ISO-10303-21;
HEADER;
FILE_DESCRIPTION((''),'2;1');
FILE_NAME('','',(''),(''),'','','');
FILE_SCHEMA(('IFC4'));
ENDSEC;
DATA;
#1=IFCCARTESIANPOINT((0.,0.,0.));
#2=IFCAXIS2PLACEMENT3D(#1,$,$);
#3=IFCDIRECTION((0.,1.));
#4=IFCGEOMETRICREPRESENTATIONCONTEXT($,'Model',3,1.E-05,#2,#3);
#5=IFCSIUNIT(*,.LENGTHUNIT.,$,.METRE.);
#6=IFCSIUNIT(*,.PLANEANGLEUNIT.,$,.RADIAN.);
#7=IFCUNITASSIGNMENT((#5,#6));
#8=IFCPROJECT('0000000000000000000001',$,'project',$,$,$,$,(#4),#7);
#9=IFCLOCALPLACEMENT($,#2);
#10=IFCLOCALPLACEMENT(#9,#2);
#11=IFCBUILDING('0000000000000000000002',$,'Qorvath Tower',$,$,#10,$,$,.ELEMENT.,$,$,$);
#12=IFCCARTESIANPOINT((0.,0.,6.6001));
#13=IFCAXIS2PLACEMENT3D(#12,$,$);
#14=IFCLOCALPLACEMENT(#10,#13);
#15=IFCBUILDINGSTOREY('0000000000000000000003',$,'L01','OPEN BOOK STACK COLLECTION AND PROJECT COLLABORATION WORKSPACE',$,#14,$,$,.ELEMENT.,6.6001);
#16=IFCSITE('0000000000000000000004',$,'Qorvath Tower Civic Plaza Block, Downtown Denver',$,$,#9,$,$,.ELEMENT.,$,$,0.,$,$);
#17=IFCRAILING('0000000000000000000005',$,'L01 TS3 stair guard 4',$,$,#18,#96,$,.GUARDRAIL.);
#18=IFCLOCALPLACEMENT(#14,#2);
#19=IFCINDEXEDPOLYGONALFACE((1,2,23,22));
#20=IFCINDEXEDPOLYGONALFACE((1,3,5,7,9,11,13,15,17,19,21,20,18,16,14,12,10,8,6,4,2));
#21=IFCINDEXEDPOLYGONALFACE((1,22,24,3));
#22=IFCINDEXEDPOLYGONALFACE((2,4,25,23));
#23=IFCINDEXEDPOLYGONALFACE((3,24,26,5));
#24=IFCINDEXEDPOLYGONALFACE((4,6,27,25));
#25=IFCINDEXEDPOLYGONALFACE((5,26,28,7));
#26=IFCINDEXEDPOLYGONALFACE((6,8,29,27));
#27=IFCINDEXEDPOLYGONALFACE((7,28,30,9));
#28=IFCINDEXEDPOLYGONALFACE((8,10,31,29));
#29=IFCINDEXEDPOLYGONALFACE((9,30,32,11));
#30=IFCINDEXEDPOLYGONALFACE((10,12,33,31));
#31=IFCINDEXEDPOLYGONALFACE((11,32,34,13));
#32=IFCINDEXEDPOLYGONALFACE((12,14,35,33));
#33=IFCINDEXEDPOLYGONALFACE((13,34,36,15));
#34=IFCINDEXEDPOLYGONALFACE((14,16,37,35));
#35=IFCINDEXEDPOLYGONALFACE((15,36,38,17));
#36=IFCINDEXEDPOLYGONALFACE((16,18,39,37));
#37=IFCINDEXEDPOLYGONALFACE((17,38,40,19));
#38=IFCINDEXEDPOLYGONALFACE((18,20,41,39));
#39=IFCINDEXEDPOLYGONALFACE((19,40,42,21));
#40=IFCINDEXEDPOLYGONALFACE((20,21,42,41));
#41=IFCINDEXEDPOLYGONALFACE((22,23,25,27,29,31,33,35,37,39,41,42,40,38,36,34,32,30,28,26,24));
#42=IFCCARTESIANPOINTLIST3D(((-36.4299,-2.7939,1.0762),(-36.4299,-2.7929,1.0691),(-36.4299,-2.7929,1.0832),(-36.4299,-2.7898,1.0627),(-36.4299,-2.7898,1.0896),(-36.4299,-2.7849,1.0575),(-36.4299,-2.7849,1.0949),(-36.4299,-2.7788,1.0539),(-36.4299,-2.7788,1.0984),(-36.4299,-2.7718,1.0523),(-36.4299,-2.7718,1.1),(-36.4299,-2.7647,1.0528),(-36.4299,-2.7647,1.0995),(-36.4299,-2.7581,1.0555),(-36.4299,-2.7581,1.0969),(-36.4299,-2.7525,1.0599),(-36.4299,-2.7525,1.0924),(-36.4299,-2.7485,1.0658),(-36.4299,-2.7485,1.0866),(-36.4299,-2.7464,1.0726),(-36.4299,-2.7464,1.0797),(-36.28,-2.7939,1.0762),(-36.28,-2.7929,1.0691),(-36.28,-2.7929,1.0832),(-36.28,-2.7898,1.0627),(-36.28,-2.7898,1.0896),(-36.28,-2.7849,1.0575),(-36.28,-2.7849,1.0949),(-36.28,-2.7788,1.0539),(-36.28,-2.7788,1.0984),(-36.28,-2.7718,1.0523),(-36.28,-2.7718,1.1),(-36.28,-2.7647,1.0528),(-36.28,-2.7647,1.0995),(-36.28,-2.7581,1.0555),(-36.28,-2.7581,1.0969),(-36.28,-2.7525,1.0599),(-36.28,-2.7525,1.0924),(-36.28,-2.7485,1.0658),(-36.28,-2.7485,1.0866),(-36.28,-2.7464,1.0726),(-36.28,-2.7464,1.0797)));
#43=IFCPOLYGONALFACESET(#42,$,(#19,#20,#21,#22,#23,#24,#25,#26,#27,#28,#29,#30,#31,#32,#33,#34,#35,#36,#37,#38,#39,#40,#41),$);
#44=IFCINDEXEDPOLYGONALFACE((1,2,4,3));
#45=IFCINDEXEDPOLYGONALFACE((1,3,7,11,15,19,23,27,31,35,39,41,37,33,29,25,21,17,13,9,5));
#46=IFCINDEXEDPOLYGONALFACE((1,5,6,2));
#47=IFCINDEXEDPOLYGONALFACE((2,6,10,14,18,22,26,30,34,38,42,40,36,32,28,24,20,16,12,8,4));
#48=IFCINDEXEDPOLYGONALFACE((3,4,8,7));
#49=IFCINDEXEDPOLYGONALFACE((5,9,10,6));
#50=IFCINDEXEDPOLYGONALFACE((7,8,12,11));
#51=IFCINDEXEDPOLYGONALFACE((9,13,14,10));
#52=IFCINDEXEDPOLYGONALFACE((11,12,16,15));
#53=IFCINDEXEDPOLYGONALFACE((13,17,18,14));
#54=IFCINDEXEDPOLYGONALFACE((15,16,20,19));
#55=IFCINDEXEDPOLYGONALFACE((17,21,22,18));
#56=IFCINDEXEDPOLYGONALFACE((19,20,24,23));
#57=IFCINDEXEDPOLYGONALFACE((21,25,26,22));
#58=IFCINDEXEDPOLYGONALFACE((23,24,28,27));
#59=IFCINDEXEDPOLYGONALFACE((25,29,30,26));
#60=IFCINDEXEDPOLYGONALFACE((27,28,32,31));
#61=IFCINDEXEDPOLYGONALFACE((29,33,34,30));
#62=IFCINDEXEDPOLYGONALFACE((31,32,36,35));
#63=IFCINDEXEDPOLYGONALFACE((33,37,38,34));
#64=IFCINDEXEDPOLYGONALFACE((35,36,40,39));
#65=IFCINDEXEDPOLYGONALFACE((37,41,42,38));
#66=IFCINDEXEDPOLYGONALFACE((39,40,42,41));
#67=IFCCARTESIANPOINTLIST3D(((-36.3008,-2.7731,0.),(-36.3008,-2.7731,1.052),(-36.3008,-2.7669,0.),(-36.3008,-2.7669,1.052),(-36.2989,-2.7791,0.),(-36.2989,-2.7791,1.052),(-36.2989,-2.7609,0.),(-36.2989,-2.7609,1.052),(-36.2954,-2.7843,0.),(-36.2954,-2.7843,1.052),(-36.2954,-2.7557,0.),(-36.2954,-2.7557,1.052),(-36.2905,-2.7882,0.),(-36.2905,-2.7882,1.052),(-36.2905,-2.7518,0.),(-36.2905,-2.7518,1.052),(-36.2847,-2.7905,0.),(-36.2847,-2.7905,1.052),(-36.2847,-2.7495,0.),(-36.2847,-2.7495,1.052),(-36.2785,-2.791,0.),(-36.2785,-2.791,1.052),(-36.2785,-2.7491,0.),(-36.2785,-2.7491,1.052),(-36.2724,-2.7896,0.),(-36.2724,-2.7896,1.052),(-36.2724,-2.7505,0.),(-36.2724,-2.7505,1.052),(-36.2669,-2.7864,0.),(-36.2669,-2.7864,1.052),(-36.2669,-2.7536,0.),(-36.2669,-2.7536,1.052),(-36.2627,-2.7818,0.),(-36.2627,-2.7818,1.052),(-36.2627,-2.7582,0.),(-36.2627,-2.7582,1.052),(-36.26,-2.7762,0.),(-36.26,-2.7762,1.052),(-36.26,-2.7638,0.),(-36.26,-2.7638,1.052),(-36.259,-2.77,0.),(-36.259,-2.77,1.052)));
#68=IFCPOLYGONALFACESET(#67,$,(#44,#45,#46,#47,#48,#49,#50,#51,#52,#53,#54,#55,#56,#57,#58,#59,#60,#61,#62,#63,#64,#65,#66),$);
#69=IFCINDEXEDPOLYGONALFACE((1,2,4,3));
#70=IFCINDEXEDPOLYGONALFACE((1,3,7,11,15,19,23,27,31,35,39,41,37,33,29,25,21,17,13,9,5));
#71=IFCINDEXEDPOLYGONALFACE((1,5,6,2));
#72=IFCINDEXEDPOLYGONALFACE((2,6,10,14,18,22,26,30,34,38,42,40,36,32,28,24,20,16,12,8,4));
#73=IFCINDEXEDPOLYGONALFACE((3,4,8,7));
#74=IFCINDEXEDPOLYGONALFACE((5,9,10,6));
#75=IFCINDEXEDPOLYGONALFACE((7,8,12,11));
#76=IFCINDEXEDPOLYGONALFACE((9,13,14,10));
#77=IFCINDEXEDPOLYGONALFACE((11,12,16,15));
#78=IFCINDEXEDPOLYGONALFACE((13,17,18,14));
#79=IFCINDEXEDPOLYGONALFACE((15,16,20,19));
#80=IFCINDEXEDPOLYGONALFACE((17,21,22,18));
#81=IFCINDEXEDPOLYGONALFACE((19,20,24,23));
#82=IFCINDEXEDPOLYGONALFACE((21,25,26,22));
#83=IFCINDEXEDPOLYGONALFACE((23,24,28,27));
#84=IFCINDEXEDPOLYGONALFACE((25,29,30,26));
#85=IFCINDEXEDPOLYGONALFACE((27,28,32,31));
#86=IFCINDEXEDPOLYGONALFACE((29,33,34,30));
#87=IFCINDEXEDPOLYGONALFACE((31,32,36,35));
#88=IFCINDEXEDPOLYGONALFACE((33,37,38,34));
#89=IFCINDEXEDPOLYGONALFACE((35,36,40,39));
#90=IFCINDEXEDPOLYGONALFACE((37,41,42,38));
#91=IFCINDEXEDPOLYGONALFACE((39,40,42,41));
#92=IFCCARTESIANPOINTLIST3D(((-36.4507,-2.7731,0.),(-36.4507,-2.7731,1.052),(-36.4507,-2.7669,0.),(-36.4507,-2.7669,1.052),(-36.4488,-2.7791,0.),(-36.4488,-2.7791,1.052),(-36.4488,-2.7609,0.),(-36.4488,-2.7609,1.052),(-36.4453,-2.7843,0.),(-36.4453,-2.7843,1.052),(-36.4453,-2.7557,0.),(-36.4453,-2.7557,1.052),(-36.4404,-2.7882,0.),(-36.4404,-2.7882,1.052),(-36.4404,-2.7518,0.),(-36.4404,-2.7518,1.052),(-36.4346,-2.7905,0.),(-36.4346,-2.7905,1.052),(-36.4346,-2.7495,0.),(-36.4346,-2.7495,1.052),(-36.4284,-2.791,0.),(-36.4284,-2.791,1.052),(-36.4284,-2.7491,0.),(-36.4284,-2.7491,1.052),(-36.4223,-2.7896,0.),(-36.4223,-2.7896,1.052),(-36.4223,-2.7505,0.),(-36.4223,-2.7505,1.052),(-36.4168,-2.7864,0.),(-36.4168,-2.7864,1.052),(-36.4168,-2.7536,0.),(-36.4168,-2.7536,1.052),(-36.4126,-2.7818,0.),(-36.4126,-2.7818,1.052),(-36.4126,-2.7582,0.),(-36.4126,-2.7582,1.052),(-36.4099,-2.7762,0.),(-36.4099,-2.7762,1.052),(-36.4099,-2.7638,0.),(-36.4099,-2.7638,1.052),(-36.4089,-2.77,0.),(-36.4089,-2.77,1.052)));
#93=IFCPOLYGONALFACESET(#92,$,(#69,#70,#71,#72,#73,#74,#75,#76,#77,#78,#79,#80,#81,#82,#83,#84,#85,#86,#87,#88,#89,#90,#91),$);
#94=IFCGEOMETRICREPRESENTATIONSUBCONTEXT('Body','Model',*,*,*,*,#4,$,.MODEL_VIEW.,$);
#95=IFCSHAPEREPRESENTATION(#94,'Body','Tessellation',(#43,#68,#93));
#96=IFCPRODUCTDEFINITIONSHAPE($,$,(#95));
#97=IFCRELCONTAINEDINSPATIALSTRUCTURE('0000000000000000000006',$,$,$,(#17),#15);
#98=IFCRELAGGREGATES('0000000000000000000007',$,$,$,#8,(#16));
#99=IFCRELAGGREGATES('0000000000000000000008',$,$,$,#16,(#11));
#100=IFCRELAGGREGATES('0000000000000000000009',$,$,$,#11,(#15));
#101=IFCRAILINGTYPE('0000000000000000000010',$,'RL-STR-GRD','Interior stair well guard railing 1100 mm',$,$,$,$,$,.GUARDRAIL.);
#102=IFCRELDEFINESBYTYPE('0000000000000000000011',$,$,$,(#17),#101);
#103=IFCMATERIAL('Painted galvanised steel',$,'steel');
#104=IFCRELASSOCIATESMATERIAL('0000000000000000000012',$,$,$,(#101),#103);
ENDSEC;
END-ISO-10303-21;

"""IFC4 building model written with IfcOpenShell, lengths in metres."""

from ifc_helpers import new_model, si_unit, direction, frame, origin, origin_2d, place, context, subcontext, project, spatial, circle, extrude, material, type_object, element, save


model = new_model("IFC4")

# Units and contexts
model_context = context("Model", 3, precision=1e-05, world=origin(), true_north=direction((0.0, 1.0)))
body_context = subcontext(model_context, "Body", "Model", "MODEL_VIEW")
ifc_project = project(units=[si_unit("LENGTHUNIT", "METRE"), si_unit("PLANEANGLEUNIT", "RADIAN")], contexts=[model_context])

# Site, building, storey
site_placement = place(None, origin())
site = spatial("IfcSite", under=ifc_project, at=site_placement, Name="Qorvath Tower Civic Plaza Block, Downtown Denver", CompositionType="ELEMENT", RefElevation=0.0)
building_placement = place(site_placement, origin())
building = spatial("IfcBuilding", under=site, at=building_placement, Name="Qorvath Tower", CompositionType="ELEMENT")
storey_placement = place(building_placement, frame((0.0, 0.0, 6.6001)))
storey = spatial("IfcBuildingStorey", under=building, at=storey_placement, Name="L01", Description="OPEN BOOK STACK COLLECTION AND PROJECT COLLABORATION WORKSPACE", CompositionType="ELEMENT", Elevation=6.6001)

# Railing
ifc_material_1 = material(Name="Painted galvanised steel", Category="steel")
railing_type_1 = type_object("IfcRailingType", Name="RL-STR-GRD", Description="Interior stair well guard railing 1100 mm", PredefinedType="GUARDRAIL", material=ifc_material_1)
railing_1_placement = place(storey_placement, frame((-36.28, -2.77, 0.0)))
element("IfcRailing", 1, at=railing_1_placement, inside=storey, type_object=railing_type_1, Name="L01 TS3 stair guard 4", PredefinedType="GUARDRAIL", context=body_context, shape_type="SweptSolid", body=[
    extrude(circle(Radius=0.0239, at=origin_2d()), frame((0.0, 0.0, 1.0762), z_axis=(-1.0, 0.0, 0.0), x_axis=(0.0, -1.0, 0.0)), (0.0, 0.0, 1.0), 0.1499),
    extrude(circle(Radius=0.021, at=origin_2d()), origin(), (0.0, 0.0, 1.0), 1.052),
    extrude(circle(Radius=0.021, at=origin_2d()), frame((-0.1499, 0.0, 0.0)), (0.0, 0.0, 1.0), 1.052),
])

save(model, "model.ifc")
